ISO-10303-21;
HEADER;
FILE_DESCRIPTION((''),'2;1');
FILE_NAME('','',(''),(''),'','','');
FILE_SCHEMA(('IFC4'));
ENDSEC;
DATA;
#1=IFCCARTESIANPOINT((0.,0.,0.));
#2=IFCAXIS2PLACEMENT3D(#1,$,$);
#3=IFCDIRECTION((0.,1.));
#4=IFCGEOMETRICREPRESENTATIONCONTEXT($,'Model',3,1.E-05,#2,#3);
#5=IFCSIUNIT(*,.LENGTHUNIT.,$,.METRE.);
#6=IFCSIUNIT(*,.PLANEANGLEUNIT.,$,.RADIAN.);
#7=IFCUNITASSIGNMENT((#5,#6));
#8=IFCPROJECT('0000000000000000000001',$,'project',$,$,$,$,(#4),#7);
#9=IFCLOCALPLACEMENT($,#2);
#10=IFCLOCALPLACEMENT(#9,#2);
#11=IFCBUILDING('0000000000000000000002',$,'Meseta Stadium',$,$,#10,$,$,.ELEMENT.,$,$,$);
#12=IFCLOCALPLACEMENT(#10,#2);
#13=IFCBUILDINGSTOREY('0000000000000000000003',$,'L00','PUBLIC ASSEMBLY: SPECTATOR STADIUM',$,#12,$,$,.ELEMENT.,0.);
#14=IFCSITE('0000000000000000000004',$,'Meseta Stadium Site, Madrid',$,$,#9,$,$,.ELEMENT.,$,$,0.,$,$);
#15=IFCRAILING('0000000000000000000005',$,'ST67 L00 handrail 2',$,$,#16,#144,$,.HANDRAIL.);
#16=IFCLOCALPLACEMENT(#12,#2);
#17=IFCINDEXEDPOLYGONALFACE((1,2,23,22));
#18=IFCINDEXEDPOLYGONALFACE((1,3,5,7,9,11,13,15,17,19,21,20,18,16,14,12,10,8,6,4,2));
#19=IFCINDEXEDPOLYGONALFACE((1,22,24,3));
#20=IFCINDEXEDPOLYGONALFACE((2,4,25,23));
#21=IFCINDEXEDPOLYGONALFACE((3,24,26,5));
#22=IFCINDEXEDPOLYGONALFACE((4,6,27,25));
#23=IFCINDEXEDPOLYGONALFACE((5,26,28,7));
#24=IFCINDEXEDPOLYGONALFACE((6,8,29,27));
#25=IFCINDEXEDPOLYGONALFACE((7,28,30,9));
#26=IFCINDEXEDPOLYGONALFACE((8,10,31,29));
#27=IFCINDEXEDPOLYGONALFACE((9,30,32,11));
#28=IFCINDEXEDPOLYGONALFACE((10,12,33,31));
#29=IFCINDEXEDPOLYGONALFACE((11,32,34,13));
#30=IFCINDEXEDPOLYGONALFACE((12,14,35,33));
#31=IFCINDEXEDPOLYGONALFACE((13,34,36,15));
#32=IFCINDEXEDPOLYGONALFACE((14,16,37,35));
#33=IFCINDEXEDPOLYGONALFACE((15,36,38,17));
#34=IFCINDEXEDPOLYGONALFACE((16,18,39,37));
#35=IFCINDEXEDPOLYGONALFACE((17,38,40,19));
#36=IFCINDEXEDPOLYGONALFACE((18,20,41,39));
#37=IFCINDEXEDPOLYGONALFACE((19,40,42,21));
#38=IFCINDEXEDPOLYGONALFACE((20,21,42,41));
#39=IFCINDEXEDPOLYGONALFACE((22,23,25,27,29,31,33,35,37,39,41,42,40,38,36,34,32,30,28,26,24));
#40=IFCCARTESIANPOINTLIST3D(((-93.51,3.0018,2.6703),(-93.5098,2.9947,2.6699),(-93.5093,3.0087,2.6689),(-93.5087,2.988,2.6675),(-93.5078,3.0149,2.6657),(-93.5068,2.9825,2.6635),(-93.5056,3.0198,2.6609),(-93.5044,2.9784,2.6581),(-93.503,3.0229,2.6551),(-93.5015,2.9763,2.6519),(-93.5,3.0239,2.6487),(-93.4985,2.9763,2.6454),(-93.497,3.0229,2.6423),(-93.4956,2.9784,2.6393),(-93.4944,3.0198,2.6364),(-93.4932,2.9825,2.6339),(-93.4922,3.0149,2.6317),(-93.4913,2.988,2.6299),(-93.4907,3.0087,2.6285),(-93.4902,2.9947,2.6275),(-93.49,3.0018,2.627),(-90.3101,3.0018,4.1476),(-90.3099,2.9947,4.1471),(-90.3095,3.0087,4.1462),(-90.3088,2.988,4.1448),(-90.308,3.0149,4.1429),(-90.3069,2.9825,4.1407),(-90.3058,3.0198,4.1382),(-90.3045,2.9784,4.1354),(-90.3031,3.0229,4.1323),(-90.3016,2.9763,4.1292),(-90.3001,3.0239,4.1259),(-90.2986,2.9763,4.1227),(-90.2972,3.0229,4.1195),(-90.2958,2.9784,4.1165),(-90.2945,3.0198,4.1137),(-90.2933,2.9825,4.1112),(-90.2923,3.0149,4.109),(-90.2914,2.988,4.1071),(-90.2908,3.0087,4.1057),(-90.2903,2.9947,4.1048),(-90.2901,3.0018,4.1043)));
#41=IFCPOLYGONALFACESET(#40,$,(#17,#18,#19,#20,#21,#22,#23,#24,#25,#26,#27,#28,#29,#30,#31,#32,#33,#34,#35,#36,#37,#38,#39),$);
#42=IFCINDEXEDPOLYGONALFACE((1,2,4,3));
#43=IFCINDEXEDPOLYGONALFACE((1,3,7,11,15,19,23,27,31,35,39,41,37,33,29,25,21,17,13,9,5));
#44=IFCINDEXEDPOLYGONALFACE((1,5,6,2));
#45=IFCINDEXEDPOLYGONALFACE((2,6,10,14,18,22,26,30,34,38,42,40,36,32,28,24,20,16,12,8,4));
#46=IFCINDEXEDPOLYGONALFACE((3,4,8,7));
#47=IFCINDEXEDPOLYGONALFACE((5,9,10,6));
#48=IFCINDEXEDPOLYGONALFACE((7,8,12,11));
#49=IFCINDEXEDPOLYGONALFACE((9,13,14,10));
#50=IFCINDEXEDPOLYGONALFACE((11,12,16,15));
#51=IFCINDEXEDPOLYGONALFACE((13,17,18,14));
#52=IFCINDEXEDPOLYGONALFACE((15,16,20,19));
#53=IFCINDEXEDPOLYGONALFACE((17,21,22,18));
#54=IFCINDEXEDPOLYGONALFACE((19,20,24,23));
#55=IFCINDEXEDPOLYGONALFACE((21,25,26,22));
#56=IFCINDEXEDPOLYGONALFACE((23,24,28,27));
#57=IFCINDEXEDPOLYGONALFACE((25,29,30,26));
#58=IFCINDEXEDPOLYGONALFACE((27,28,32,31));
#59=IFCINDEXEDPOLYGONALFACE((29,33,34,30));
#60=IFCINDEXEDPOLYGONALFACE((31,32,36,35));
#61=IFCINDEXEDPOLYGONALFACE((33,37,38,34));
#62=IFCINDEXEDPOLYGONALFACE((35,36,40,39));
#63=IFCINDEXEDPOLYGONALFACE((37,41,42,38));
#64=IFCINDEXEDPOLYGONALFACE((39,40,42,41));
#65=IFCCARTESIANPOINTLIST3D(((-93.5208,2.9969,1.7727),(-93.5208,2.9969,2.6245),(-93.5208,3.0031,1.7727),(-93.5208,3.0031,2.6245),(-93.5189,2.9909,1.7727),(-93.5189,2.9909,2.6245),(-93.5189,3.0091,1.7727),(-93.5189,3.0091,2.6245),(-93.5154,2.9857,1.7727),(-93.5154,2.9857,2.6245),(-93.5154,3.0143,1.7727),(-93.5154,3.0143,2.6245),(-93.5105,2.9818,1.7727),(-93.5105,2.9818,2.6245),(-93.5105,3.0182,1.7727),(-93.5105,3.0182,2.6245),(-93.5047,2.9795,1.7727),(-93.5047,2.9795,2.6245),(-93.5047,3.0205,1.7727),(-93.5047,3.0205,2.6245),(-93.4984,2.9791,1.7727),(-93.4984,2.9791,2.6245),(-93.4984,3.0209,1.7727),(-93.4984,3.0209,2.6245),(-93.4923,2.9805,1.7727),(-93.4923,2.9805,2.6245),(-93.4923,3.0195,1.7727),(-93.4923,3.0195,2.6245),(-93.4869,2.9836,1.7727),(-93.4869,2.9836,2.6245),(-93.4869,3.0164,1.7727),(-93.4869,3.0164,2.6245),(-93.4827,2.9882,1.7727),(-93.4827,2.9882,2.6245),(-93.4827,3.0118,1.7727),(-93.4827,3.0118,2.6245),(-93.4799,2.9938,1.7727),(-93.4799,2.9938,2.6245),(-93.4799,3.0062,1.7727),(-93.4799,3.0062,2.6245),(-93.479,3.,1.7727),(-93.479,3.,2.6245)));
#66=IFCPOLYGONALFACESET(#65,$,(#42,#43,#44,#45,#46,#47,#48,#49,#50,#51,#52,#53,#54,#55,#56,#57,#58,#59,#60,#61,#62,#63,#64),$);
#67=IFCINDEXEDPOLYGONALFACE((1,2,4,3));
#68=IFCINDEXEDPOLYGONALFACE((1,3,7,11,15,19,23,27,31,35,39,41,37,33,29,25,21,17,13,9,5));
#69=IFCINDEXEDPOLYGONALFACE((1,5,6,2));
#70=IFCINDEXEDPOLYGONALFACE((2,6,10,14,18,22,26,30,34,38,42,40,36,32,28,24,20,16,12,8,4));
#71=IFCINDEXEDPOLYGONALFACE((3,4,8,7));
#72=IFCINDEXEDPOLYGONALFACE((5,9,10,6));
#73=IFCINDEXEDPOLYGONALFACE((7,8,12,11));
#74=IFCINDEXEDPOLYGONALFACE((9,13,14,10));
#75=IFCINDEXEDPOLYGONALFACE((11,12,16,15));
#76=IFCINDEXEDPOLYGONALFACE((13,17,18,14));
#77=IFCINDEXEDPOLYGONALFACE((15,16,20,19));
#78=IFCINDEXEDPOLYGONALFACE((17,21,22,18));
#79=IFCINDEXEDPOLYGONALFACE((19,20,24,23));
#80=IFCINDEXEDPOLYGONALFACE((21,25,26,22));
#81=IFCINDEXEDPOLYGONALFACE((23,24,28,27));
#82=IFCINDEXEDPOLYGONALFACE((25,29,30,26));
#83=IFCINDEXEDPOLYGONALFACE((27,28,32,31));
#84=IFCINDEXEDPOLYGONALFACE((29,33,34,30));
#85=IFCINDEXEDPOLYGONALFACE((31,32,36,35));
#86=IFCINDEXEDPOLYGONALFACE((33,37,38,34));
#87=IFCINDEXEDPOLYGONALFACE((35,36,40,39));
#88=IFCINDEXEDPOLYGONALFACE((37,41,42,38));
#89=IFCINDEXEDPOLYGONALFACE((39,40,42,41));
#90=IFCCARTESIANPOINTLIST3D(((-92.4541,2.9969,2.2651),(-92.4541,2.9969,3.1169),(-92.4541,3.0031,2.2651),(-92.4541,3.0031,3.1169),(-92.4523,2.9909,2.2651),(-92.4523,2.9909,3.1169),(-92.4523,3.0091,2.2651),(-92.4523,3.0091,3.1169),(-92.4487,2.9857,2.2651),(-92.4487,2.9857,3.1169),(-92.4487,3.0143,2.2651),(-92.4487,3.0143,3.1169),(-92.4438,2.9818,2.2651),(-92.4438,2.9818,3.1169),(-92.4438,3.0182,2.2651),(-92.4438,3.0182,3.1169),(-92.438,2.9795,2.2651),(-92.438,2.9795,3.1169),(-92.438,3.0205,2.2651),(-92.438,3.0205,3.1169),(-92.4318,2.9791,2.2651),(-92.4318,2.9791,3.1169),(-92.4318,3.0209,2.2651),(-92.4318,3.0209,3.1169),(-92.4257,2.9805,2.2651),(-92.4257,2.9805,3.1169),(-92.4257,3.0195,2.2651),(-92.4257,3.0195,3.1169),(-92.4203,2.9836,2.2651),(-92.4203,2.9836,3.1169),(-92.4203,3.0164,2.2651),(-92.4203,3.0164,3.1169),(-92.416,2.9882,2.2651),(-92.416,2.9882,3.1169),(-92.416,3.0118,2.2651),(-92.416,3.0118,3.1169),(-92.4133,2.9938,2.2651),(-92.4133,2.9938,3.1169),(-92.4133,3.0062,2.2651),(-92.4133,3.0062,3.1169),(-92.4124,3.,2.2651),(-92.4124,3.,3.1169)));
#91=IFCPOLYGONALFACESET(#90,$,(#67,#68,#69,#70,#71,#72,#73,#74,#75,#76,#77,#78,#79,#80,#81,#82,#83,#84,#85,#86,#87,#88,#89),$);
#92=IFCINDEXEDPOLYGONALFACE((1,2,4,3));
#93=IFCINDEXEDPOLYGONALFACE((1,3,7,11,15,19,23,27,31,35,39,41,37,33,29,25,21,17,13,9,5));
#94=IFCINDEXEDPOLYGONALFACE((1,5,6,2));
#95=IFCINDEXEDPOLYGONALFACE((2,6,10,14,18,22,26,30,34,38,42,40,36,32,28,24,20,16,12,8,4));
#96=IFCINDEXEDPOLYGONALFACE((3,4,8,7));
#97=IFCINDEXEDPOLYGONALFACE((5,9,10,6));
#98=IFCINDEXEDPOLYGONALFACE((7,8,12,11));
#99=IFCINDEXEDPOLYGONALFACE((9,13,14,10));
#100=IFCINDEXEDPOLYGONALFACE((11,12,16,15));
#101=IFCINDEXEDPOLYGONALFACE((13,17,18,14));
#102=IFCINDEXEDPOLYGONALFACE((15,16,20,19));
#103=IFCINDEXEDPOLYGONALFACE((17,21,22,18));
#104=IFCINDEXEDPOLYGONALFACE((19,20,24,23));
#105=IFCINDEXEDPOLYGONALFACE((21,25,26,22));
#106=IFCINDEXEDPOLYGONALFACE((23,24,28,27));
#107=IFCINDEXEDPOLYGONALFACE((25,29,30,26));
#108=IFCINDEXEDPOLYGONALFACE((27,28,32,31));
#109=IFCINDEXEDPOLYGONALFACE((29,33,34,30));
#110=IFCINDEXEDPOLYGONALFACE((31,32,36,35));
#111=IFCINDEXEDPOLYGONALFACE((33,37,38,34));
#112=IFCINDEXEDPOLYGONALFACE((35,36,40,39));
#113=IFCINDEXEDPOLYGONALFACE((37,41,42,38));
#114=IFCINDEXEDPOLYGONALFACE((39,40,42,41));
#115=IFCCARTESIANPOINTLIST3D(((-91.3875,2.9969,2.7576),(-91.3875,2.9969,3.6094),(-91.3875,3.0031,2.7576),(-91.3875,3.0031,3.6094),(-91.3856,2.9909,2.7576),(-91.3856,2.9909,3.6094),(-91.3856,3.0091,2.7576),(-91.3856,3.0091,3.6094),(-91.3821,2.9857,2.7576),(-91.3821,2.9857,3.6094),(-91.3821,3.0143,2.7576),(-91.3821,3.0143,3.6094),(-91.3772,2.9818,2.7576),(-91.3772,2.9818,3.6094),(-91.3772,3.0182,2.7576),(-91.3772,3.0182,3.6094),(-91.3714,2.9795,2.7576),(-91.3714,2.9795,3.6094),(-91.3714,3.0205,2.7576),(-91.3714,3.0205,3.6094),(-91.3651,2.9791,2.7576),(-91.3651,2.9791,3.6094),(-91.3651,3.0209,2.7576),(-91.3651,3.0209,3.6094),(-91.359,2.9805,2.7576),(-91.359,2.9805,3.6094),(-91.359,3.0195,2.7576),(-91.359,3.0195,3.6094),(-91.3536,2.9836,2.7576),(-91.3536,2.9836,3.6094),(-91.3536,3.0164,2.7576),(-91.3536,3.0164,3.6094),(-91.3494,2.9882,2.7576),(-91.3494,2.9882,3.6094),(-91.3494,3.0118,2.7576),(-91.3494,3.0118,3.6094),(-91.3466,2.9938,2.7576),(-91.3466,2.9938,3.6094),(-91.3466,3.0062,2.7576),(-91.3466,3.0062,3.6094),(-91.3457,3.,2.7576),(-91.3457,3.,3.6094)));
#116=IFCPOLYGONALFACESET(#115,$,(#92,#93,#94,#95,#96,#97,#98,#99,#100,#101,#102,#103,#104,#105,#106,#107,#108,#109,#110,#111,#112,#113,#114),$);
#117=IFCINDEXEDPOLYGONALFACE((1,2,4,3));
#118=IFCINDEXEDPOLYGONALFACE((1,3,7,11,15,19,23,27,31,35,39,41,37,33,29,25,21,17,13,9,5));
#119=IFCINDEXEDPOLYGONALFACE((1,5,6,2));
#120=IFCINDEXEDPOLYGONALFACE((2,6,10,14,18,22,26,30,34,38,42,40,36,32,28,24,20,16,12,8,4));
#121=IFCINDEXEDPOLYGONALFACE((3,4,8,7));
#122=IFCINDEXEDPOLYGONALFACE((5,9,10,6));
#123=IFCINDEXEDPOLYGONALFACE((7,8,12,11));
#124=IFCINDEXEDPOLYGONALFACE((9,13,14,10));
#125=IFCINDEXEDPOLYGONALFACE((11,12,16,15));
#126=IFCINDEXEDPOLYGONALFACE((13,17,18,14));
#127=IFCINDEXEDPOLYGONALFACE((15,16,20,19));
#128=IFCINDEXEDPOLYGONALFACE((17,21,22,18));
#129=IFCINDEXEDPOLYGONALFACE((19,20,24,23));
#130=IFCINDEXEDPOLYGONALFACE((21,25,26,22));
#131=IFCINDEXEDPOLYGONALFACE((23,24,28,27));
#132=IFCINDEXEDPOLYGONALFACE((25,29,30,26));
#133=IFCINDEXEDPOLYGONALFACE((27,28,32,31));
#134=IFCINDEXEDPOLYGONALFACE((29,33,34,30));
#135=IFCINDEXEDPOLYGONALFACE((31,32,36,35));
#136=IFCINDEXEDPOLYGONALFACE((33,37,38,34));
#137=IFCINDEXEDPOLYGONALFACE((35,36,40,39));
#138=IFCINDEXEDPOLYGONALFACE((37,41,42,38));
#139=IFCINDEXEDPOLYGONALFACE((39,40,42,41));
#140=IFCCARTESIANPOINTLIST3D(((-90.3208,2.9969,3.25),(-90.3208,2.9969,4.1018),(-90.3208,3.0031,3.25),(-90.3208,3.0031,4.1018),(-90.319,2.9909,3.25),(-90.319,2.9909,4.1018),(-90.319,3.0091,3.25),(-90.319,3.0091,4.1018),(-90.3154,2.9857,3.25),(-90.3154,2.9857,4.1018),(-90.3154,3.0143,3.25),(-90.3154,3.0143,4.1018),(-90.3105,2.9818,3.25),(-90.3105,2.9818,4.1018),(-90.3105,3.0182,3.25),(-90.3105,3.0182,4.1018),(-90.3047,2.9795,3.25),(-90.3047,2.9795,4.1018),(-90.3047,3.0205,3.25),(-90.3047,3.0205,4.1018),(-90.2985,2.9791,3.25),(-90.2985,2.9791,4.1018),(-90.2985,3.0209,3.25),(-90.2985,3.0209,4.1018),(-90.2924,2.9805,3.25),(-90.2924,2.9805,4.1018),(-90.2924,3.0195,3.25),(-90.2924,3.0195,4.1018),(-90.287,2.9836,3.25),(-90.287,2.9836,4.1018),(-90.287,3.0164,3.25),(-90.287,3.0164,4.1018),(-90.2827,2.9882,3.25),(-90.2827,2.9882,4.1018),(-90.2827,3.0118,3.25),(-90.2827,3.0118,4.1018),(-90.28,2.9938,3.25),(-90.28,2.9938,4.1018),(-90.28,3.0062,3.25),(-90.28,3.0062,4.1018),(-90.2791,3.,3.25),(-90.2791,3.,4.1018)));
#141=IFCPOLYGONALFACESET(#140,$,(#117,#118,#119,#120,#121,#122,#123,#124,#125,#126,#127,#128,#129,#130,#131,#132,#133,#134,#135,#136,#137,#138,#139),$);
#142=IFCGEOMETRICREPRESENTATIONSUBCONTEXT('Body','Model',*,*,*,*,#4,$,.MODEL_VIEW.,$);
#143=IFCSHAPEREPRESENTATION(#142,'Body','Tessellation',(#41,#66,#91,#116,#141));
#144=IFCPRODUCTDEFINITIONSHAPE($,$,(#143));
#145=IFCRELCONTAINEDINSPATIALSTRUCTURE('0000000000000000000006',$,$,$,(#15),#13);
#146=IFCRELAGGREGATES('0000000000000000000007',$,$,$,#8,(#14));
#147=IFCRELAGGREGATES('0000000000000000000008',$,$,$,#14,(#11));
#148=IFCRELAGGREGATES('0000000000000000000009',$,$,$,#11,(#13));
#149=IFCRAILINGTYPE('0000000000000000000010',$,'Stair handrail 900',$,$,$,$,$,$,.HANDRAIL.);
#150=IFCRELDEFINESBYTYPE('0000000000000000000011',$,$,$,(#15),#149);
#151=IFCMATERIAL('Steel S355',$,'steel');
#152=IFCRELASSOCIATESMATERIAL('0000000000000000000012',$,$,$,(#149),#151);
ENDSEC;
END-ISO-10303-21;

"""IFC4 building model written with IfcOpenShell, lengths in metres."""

from ifc_helpers import new_model, si_unit, direction, frame, origin, origin_2d, place, context, subcontext, project, spatial, circle, extrude, material, type_object, element, save


model = new_model("IFC4")

# Units and contexts
model_context = context("Model", 3, precision=1e-05, world=origin(), true_north=direction((0.0, 1.0)))
body_context = subcontext(model_context, "Body", "Model", "MODEL_VIEW")
ifc_project = project(units=[si_unit("LENGTHUNIT", "METRE"), si_unit("PLANEANGLEUNIT", "RADIAN")], contexts=[model_context])

# Site, building, storey
site_placement = place(None, origin())
site = spatial("IfcSite", under=ifc_project, at=site_placement, Name="Meseta Stadium Site, Madrid", CompositionType="ELEMENT", RefElevation=0.0)
building_placement = place(site_placement, origin())
building = spatial("IfcBuilding", under=site, at=building_placement, Name="Meseta Stadium", CompositionType="ELEMENT")
storey_placement = place(building_placement, origin())
storey = spatial("IfcBuildingStorey", under=building, at=storey_placement, Name="L00", Description="PUBLIC ASSEMBLY: SPECTATOR STADIUM", CompositionType="ELEMENT", Elevation=0.0)

# Railing
ifc_material_1 = material(Name="Steel S355", Category="steel")
railing_type_1 = type_object("IfcRailingType", Name="Stair handrail 900", PredefinedType="HANDRAIL", material=ifc_material_1)
for number, where, name in (
    (1, (-93.5, 3.0, 1.7727), "ST67 L00 handrail 2"),
):
    element("IfcRailing", number, at=place(storey_placement, frame(where)), inside=storey, type_object=railing_type_1, Name=name, PredefinedType="HANDRAIL", context=body_context, shape_type="SweptSolid", body=[
        extrude(circle(Radius=0.0239, at=origin_2d()), frame((0.0, 0.0, 0.876), z_axis=(0.907917, 0.0, 0.41915), x_axis=(0.0, 1.0, 0.0)), (0.0, 0.0, 1.0), 3.5244),
        extrude(circle(Radius=0.021, at=origin_2d()), origin(), (0.0, 0.0, 1.0), 0.8518),
        extrude(circle(Radius=0.021, at=origin_2d()), frame((1.0667, 0.0, 0.4924)), (0.0, 0.0, 1.0), 0.8518),
        extrude(circle(Radius=0.021, at=origin_2d()), frame((2.1333, 0.0, 0.9849)), (0.0, 0.0, 1.0), 0.8518),
        extrude(circle(Radius=0.021, at=origin_2d()), frame((3.2, 0.0, 1.4773)), (0.0, 0.0, 1.0), 0.8518),
    ])

save(model, "model.ifc")
